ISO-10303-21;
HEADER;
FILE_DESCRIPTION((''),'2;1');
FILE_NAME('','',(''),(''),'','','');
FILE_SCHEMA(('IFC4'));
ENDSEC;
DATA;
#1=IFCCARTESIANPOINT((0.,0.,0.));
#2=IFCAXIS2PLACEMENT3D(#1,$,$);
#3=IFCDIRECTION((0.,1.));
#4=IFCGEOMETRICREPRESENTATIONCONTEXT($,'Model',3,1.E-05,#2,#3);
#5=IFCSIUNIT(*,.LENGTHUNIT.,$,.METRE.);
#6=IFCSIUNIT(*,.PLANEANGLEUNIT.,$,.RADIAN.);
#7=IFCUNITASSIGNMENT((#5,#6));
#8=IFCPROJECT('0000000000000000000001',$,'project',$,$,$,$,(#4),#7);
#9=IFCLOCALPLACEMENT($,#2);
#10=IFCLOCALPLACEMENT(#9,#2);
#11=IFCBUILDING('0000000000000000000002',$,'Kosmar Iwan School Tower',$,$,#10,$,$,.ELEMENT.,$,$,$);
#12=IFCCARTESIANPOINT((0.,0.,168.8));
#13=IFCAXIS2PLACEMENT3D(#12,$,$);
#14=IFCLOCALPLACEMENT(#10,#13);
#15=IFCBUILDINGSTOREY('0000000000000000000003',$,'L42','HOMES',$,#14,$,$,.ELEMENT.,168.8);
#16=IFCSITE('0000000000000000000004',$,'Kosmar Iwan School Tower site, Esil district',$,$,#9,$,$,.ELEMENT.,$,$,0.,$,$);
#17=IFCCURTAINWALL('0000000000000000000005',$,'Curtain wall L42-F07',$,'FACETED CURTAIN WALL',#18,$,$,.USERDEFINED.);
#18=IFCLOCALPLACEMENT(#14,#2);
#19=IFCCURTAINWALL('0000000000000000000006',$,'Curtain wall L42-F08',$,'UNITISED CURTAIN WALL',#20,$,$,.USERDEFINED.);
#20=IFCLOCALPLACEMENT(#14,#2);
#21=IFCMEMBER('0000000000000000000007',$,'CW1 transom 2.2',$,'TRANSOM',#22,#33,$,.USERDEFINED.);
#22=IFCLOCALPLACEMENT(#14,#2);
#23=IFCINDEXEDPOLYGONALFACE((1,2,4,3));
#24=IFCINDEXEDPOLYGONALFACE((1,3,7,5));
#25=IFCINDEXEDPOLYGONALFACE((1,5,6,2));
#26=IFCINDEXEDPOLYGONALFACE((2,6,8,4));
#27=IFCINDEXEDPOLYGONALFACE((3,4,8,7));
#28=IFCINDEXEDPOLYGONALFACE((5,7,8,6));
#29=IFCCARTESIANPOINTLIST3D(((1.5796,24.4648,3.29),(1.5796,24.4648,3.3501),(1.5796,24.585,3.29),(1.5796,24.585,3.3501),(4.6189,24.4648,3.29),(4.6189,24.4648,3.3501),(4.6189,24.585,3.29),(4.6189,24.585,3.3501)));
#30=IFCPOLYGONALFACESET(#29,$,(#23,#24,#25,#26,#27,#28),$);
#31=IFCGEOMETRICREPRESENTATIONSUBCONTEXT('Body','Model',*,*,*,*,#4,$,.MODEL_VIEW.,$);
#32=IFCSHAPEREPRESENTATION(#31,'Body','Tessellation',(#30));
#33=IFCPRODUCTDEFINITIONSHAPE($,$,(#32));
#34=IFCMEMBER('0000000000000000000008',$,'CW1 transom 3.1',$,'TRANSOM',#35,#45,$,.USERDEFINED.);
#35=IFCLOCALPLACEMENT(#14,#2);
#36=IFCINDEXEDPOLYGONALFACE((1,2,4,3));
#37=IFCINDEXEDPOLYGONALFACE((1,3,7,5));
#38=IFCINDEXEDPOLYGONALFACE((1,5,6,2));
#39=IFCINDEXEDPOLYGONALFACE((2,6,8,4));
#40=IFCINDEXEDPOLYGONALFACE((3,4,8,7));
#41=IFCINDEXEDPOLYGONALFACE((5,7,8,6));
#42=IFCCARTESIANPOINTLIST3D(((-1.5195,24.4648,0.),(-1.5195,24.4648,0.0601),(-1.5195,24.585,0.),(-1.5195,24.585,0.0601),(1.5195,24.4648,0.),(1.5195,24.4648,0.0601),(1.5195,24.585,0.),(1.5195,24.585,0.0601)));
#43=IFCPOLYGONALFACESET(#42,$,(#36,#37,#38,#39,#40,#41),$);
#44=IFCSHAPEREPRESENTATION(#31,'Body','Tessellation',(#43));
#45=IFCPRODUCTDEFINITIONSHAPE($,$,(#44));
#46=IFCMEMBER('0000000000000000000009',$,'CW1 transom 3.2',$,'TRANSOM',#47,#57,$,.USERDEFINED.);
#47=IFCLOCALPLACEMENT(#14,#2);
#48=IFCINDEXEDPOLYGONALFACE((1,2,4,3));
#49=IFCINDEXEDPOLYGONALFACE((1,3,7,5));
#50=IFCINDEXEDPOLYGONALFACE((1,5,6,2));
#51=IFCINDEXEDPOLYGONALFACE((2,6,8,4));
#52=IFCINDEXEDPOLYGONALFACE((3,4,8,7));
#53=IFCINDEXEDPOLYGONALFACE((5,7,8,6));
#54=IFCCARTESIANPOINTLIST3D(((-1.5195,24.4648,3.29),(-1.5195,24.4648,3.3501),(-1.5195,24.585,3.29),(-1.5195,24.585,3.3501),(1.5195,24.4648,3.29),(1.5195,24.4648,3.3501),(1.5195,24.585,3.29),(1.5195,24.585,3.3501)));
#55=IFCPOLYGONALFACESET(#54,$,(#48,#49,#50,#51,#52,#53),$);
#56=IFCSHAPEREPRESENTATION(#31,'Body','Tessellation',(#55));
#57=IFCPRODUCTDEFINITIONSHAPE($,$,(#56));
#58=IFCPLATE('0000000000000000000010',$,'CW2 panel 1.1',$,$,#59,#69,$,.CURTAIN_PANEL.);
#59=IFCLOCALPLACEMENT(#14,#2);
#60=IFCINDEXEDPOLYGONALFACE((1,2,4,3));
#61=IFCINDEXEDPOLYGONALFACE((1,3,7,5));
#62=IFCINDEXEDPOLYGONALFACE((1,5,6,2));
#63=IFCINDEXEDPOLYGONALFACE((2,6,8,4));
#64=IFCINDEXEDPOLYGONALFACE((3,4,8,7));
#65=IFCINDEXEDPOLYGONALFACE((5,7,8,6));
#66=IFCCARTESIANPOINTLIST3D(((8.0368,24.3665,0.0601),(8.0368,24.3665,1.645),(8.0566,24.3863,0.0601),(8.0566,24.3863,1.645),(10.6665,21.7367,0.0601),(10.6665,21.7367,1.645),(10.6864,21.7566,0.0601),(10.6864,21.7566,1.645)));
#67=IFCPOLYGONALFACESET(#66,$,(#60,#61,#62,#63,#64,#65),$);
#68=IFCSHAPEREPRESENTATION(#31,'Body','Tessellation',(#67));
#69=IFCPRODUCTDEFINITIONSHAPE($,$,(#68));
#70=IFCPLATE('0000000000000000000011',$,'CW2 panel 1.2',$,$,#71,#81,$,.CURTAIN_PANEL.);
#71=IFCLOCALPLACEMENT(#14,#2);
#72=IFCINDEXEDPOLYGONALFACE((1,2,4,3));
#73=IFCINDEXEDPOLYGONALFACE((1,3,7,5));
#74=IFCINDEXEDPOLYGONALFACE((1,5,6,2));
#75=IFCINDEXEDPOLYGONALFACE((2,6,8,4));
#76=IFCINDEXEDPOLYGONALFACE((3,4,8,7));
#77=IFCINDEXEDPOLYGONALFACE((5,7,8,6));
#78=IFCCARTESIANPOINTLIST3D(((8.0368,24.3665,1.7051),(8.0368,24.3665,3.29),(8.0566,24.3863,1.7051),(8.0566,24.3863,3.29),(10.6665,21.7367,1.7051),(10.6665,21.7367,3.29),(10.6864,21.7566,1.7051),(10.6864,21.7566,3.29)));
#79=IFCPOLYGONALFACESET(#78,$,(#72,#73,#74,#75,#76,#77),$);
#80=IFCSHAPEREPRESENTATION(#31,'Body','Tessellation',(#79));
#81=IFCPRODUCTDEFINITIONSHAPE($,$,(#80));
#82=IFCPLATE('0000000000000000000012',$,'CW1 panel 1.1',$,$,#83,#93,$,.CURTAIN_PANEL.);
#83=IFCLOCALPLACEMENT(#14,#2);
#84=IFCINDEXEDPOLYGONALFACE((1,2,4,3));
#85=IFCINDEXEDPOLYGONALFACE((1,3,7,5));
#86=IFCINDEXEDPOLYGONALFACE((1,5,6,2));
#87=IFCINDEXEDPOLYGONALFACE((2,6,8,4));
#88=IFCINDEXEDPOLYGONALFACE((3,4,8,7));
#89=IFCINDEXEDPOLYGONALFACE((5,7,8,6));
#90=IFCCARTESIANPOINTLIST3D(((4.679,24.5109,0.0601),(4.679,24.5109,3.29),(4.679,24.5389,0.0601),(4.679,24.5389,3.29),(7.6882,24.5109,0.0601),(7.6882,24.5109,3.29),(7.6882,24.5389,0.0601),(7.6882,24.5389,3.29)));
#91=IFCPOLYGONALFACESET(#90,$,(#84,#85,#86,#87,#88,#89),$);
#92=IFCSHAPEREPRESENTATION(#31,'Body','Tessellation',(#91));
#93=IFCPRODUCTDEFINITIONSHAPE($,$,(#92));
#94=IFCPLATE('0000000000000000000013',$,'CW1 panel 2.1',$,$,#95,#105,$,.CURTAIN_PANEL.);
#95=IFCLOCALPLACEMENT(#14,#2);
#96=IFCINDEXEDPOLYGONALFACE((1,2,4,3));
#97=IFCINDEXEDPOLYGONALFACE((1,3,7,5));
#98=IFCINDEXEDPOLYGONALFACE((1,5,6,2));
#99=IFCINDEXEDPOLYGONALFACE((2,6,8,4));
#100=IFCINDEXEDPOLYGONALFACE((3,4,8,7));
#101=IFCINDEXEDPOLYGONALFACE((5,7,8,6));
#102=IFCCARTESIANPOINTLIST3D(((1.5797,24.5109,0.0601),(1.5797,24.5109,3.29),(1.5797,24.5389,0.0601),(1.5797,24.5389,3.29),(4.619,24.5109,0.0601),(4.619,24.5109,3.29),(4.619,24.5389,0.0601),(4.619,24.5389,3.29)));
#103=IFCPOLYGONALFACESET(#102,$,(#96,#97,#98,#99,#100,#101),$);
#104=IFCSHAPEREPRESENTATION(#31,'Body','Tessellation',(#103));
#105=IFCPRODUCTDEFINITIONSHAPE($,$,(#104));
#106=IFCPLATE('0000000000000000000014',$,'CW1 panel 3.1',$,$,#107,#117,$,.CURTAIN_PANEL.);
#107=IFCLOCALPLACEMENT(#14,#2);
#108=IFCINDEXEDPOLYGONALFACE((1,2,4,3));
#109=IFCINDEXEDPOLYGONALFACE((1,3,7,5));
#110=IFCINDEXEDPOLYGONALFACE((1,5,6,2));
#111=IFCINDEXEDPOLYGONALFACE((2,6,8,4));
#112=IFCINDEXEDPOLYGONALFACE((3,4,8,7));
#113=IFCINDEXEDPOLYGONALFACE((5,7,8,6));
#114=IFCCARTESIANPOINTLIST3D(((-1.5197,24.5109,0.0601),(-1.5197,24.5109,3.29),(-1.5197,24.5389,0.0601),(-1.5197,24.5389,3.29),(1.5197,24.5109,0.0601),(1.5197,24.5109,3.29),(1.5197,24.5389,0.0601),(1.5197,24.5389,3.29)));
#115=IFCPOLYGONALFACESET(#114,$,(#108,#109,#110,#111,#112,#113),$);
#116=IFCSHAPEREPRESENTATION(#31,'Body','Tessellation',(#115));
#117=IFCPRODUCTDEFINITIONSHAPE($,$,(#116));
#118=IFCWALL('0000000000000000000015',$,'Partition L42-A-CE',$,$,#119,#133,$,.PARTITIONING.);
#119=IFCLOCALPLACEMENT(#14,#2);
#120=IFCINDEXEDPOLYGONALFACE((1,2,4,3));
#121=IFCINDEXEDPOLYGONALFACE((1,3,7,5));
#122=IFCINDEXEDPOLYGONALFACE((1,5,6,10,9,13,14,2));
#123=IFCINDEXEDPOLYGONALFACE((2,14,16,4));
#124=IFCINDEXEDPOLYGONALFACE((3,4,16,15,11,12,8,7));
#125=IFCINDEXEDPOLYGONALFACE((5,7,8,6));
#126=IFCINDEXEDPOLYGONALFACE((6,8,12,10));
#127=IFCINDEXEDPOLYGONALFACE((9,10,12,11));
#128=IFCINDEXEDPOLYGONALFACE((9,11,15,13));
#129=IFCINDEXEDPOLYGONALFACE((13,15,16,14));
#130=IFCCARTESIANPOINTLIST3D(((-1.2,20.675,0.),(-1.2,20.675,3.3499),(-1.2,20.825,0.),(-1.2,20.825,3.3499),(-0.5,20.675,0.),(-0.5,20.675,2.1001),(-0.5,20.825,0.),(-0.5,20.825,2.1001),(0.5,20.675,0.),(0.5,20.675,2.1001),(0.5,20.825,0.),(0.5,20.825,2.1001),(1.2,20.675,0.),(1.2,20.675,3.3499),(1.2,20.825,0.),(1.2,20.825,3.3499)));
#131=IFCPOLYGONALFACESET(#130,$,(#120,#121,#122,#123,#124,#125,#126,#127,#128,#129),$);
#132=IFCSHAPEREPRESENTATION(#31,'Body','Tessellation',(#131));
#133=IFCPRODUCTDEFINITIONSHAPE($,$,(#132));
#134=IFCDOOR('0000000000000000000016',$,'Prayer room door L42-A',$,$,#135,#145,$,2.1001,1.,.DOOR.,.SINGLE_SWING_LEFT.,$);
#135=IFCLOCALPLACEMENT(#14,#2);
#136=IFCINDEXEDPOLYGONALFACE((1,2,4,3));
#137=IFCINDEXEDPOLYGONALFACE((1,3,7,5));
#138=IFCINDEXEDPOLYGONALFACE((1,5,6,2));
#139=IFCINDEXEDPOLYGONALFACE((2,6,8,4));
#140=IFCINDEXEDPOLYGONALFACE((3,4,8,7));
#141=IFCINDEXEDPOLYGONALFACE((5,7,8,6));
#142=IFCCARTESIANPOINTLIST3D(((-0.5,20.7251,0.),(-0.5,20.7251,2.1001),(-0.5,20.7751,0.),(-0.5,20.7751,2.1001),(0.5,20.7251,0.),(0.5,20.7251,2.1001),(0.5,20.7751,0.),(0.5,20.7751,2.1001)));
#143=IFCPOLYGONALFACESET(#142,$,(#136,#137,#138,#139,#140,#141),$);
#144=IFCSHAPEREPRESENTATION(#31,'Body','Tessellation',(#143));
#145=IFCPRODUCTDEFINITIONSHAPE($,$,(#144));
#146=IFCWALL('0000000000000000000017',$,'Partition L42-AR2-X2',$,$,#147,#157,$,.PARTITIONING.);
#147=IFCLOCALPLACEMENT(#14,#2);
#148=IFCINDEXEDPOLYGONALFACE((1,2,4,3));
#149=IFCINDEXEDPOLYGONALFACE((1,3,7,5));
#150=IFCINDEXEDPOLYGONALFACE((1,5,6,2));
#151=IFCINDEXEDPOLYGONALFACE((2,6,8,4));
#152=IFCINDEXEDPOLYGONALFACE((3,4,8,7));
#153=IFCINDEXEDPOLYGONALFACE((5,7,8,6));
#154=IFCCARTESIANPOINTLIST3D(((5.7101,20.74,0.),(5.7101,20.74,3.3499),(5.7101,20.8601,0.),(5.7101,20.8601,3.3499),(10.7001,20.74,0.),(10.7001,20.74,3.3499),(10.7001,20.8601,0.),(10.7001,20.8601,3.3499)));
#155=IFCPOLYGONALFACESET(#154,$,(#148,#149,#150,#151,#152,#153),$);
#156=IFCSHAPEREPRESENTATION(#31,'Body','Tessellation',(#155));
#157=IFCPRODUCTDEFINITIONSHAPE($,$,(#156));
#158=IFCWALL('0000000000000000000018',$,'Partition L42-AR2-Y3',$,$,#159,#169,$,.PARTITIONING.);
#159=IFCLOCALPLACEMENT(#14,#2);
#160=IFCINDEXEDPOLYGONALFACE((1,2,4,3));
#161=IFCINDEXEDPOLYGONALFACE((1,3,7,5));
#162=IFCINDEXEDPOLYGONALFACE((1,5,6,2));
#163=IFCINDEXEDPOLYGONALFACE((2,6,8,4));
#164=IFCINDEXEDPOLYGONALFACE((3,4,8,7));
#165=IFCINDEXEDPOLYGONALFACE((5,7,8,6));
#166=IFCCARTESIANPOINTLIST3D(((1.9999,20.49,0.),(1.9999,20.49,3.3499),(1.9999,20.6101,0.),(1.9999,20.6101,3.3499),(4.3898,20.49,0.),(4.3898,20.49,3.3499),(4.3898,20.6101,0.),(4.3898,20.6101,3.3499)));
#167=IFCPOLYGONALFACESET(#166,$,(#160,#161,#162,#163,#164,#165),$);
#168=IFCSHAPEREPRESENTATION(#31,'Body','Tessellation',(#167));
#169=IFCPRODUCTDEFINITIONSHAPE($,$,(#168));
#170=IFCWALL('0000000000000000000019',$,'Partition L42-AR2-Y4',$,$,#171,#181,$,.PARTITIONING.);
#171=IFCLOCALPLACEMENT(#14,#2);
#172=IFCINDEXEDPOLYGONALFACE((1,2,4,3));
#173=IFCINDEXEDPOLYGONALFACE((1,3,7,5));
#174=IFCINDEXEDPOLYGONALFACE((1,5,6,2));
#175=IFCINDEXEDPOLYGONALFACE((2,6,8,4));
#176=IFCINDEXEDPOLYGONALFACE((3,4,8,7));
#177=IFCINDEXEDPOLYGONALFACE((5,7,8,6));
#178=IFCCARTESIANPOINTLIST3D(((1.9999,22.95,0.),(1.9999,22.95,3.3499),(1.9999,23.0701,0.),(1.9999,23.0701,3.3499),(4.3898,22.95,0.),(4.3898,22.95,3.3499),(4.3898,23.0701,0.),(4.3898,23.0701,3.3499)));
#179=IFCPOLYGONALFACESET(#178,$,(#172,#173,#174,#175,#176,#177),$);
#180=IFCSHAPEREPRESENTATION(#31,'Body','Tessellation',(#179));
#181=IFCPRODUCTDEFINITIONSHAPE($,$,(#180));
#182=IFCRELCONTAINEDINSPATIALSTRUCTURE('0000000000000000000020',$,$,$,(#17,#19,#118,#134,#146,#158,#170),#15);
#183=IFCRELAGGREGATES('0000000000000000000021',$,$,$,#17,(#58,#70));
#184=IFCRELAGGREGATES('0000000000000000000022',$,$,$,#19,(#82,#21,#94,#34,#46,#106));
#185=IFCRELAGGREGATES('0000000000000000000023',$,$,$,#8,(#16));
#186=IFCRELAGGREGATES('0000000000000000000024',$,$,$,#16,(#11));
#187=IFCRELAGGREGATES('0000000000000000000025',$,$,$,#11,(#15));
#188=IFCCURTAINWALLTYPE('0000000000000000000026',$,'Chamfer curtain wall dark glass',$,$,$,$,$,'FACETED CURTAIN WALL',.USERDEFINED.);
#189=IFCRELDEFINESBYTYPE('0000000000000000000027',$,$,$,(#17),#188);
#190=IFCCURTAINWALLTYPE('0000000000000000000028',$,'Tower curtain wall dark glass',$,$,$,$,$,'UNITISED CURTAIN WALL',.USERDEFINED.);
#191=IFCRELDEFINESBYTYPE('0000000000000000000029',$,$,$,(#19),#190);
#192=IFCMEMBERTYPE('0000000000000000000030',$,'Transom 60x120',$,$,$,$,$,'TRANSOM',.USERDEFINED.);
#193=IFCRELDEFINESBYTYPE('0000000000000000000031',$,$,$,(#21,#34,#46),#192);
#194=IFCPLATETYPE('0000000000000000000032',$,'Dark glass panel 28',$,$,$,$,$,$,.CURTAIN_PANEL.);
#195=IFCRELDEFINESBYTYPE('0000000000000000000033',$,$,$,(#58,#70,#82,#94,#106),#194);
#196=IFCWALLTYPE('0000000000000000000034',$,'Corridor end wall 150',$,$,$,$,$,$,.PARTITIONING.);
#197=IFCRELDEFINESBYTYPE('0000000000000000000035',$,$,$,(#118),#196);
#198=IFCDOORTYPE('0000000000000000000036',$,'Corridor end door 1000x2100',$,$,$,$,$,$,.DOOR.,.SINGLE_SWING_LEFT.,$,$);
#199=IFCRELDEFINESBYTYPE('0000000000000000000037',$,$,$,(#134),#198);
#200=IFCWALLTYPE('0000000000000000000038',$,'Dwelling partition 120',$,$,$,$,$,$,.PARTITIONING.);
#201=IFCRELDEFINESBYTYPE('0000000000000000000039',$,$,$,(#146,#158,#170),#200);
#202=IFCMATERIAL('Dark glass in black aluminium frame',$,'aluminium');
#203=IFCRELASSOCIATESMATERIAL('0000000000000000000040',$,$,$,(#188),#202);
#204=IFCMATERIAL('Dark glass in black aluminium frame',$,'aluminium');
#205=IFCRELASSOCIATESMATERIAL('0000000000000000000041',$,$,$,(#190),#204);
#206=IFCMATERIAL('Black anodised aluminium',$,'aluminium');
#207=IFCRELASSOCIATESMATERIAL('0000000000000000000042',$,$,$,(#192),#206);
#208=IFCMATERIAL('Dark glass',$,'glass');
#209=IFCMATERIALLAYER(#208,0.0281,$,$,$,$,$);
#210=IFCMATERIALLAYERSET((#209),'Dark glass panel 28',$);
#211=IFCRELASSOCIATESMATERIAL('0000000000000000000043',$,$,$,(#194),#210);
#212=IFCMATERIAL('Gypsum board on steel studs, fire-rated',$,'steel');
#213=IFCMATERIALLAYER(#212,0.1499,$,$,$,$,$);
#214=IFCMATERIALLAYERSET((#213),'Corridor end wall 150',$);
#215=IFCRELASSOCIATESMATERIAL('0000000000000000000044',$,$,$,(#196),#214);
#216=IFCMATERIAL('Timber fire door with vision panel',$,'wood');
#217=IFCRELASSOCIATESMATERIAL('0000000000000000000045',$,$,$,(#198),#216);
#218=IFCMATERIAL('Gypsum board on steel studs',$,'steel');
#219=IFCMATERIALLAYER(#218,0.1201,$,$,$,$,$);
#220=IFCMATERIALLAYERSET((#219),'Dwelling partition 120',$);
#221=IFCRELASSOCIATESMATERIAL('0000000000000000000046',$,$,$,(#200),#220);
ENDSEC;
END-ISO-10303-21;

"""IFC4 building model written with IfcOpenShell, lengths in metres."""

from ifc_helpers import new_model, si_unit, direction, frame, frame_2d, origin, origin_2d, place, context, subcontext, project, spatial, rectangle, extrude, material, layer, layer_set, material_profile, profile_set, type_object, element, fill, aggregate, save


model = new_model("IFC4")

# Units and contexts
model_context = context("Model", 3, precision=1e-05, world=origin(), true_north=direction((0.0, 1.0)))
body_context = subcontext(model_context, "Body", "Model", "MODEL_VIEW")
ifc_project = project(units=[si_unit("LENGTHUNIT", "METRE"), si_unit("PLANEANGLEUNIT", "RADIAN")], contexts=[model_context])

# Site, building, storey
site_placement = place(None, origin())
site = spatial("IfcSite", under=ifc_project, at=site_placement, Name="Kosmar Iwan School Tower site, Esil district", CompositionType="ELEMENT", RefElevation=0.0)
building_placement = place(site_placement, origin())
building = spatial("IfcBuilding", under=site, at=building_placement, Name="Kosmar Iwan School Tower", CompositionType="ELEMENT")
storey_placement = place(building_placement, frame((0.0, 0.0, 168.8)))
storey = spatial("IfcBuildingStorey", under=building, at=storey_placement, Name="L42", Description="HOMES", CompositionType="ELEMENT", Elevation=168.8)

# Curtain walls
ifc_material_1 = material(Name="Dark glass in black aluminium frame", Category="aluminium")
curtain_wall_type_1 = type_object("IfcCurtainWallType", Name="Chamfer curtain wall dark glass", ElementType="FACETED CURTAIN WALL", PredefinedType="USERDEFINED", material=ifc_material_1)
curtain_wall_1_placement = place(storey_placement, origin())
curtain_wall_1 = element("IfcCurtainWall", 1, at=curtain_wall_1_placement, inside=storey, type_object=curtain_wall_type_1, Name="Curtain wall L42-F07", ObjectType="FACETED CURTAIN WALL", PredefinedType="USERDEFINED")
ifc_material_2 = material(Name="Dark glass in black aluminium frame", Category="aluminium")
curtain_wall_type_2 = type_object("IfcCurtainWallType", Name="Tower curtain wall dark glass", ElementType="UNITISED CURTAIN WALL", PredefinedType="USERDEFINED", material=ifc_material_2)
curtain_wall_2_placement = place(storey_placement, origin())
curtain_wall_2 = element("IfcCurtainWall", 2, at=curtain_wall_2_placement, inside=storey, type_object=curtain_wall_type_2, Name="Curtain wall L42-F08", ObjectType="UNITISED CURTAIN WALL", PredefinedType="USERDEFINED")

# Members
ifc_material_3 = material(Name="Black anodised aluminium", Category="aluminium")
ifc_material_profile_1 = material_profile(ifc_material_3, rectangle(XDim=0.1201, YDim=0.0601, at=origin_2d()), Name="TRANSOM 60x120")
ifc_profile_set_1 = profile_set([ifc_material_profile_1], Name="Black anodised aluminium")
member_type_1 = type_object("IfcMemberType", Name="Transom 60x120", ElementType="TRANSOM", PredefinedType="USERDEFINED", material=ifc_profile_set_1)
member_1_placement = place(storey_placement, frame((4.6189, 24.5249, 3.3201), z_axis=(-1.0, 0.0, 0.0), x_axis=(0.0, -1.0, 0.0)))
member_1 = element("IfcMember", 3, at=member_1_placement, type_object=member_type_1, Name="CW1 transom 2.2", ObjectType="TRANSOM", PredefinedType="USERDEFINED", context=body_context, shape_type="SweptSolid", body=[
    extrude(rectangle(XDim=0.1201, YDim=0.0601, at=origin_2d()), origin(), (0.0, 0.0, 1.0), 3.0393),
])
member_2_placement = place(storey_placement, frame((1.5195, 24.5249, 0.03), z_axis=(-1.0, 0.0, 0.0), x_axis=(0.0, -1.0, 0.0)))
member_2 = element("IfcMember", 4, at=member_2_placement, type_object=member_type_1, Name="CW1 transom 3.1", ObjectType="TRANSOM", PredefinedType="USERDEFINED", context=body_context, shape_type="SweptSolid", body=[
    extrude(rectangle(XDim=0.1201, YDim=0.0601, at=origin_2d()), origin(), (0.0, 0.0, 1.0), 3.0391),
])
member_3_placement = place(storey_placement, frame((1.5195, 24.5249, 3.3201), z_axis=(-1.0, 0.0, 0.0), x_axis=(0.0, -1.0, 0.0)))
member_3 = element("IfcMember", 5, at=member_3_placement, type_object=member_type_1, Name="CW1 transom 3.2", ObjectType="TRANSOM", PredefinedType="USERDEFINED", context=body_context, shape_type="SweptSolid", body=[
    extrude(rectangle(XDim=0.1201, YDim=0.0601, at=origin_2d()), origin(), (0.0, 0.0, 1.0), 3.0391),
])

# Plates
ifc_material_4 = material(Name="Dark glass", Category="glass")
ifc_layer_1 = layer(ifc_material_4, 0.0281)
ifc_layer_set_1 = layer_set([ifc_layer_1], Name="Dark glass panel 28")
plate_type = type_object("IfcPlateType", Name="Dark glass panel 28", PredefinedType="CURTAIN_PANEL", material=ifc_layer_set_1)
plate_1_placement = place(storey_placement, frame((9.3616, 23.0615, 0.0601), z_axis=(0.0, 0.0, 1.0), x_axis=(-0.707107, 0.707107, 0.0)))
plate_1 = element("IfcPlate", 6, at=plate_1_placement, type_object=plate_type, Name="CW2 panel 1.1", PredefinedType="CURTAIN_PANEL", context=body_context, shape_type="SweptSolid", body=[
    extrude(rectangle(XDim=3.719, YDim=0.0281, at=origin_2d()), origin(), (0.0, 0.0, 1.0), 1.585),
])
plate_2_placement = place(storey_placement, frame((9.3616, 23.0615, 1.7051), z_axis=(0.0, 0.0, 1.0), x_axis=(-0.707107, 0.707107, 0.0)))
plate_2 = element("IfcPlate", 7, at=plate_2_placement, type_object=plate_type, Name="CW2 panel 1.2", PredefinedType="CURTAIN_PANEL", context=body_context, shape_type="SweptSolid", body=[
    extrude(rectangle(XDim=3.719, YDim=0.0281, at=origin_2d()), origin(), (0.0, 0.0, 1.0), 1.585),
])
aggregate(curtain_wall_1, [plate_1, plate_2])
plate_3_placement = place(storey_placement, frame((6.1836, 24.5249, 0.0601), z_axis=(0.0, 0.0, 1.0), x_axis=(-1.0, 0.0, 0.0)))
plate_3 = element("IfcPlate", 8, at=plate_3_placement, type_object=plate_type, Name="CW1 panel 1.1", PredefinedType="CURTAIN_PANEL", context=body_context, shape_type="SweptSolid", body=[
    extrude(rectangle(XDim=3.0093, YDim=0.0281, at=origin_2d()), origin(), (0.0, 0.0, 1.0), 3.23),
])
plate_4_placement = place(storey_placement, frame((3.0994, 24.5249, 0.0601), z_axis=(0.0, 0.0, 1.0), x_axis=(-1.0, 0.0, 0.0)))
plate_4 = element("IfcPlate", 9, at=plate_4_placement, type_object=plate_type, Name="CW1 panel 2.1", PredefinedType="CURTAIN_PANEL", context=body_context, shape_type="SweptSolid", body=[
    extrude(rectangle(XDim=3.0393, YDim=0.0281, at=origin_2d()), origin(), (0.0, 0.0, 1.0), 3.23),
])
plate_5_placement = place(storey_placement, frame((0.0, 24.5249, 0.0601), z_axis=(0.0, 0.0, 1.0), x_axis=(-1.0, 0.0, 0.0)))
plate_5 = element("IfcPlate", 10, at=plate_5_placement, type_object=plate_type, Name="CW1 panel 3.1", PredefinedType="CURTAIN_PANEL", context=body_context, shape_type="SweptSolid", body=[
    extrude(rectangle(XDim=3.0393, YDim=0.0281, at=origin_2d()), origin(), (0.0, 0.0, 1.0), 3.23),
])
aggregate(curtain_wall_2, [plate_3, member_1, plate_4, member_2, member_3, plate_5])

# Wall, opening, door
ifc_material_5 = material(Name="Gypsum board on steel studs, fire-rated", Category="steel")
ifc_layer_2 = layer(ifc_material_5, 0.1499)
ifc_layer_set_2 = layer_set([ifc_layer_2], Name="Corridor end wall 150")
wall_type_1 = type_object("IfcWallType", Name="Corridor end wall 150", PredefinedType="PARTITIONING", material=ifc_layer_set_2)
wall_1_placement = place(storey_placement, frame((1.2, 20.75, 0.0), z_axis=(0.0, 0.0, 1.0), x_axis=(-1.0, 0.0, 0.0)))
wall_1 = element("IfcWall", 11, at=wall_1_placement, inside=storey, type_object=wall_type_1, Name="Partition L42-A-CE", PredefinedType="PARTITIONING", context=body_context, shape_type="SweptSolid", body=[
    extrude(rectangle(XDim=2.3999, YDim=0.1499, at=frame_2d((1.2, 0.0))), origin(), (0.0, 0.0, 1.0), 3.3499),
])
opening_placement = place(wall_1_placement, frame((0.7, 0.0, 0.0)))
opening = element("IfcOpeningElement", 12, at=opening_placement, cuts=wall_1, PredefinedType="OPENING", context=body_context, shape_type="SweptSolid", body=[
    extrude(rectangle(XDim=1.0, YDim=2.1001, at=frame_2d((0.5, 1.05))), frame((0.0, 0.0869, 0.0), z_axis=(0.0, -1.0, 0.0), x_axis=(1.0, 0.0, 0.0)), (0.0, 0.0, 1.0), 0.1738),
])
ifc_material_6 = material(Name="Timber fire door with vision panel", Category="wood")
door_type = type_object("IfcDoorType", Name="Corridor end door 1000x2100", OperationType="SINGLE_SWING_LEFT", PredefinedType="DOOR", material=ifc_material_6)
door_placement = place(opening_placement, origin())
door = element("IfcDoor", 13, at=door_placement, inside=storey, type_object=door_type, Name="Prayer room door L42-A", OperationType="SINGLE_SWING_LEFT", OverallHeight=2.1001, OverallWidth=1.0, PredefinedType="DOOR", context=body_context, shape_type="SweptSolid", body=[
    extrude(rectangle(XDim=1.0, YDim=2.1001, at=frame_2d((0.5, 1.05))), frame((0.0, 0.0249, 0.0), z_axis=(0.0, -1.0, 0.0), x_axis=(1.0, 0.0, 0.0)), (0.0, 0.0, 1.0), 0.05),
])
fill(opening, door)

# Walls
ifc_material_7 = material(Name="Gypsum board on steel studs", Category="steel")
ifc_layer_3 = layer(ifc_material_7, 0.1201)
ifc_layer_set_3 = layer_set([ifc_layer_3], Name="Dwelling partition 120")
wall_type_2 = type_object("IfcWallType", Name="Dwelling partition 120", PredefinedType="PARTITIONING", material=ifc_layer_set_3)
wall_2_placement = place(storey_placement, frame((5.71, 20.8, 0.0), z_axis=(0.0, 0.0, 1.0), x_axis=(1.0, 0.0, 0.0)))
element("IfcWall", 14, at=wall_2_placement, inside=storey, type_object=wall_type_2, Name="Partition L42-AR2-X2", PredefinedType="PARTITIONING", context=body_context, shape_type="SweptSolid", body=[
    extrude(rectangle(XDim=4.99, YDim=0.1201, at=frame_2d((2.4951, 0.0))), origin(), (0.0, 0.0, 1.0), 3.3499),
])
for number, where, z_axis, x_axis, name in (
    (15, (2.0, 20.55, 0.0), (0.0, 0.0, 1.0), (1.0, 0.0, 0.0), "Partition L42-AR2-Y3"),
    (16, (2.0, 23.01, 0.0), (0.0, 0.0, 1.0), (1.0, 0.0, 0.0), "Partition L42-AR2-Y4"),
):
    element("IfcWall", number, at=place(storey_placement, frame(where, z_axis=z_axis, x_axis=x_axis)), inside=storey, type_object=wall_type_2, Name=name, PredefinedType="PARTITIONING", context=body_context, shape_type="SweptSolid", body=[
        extrude(rectangle(XDim=2.3899, YDim=0.1201, at=frame_2d((1.1948, 0.0))), origin(), (0.0, 0.0, 1.0), 3.3499),
    ])

save(model, "model.ifc")
